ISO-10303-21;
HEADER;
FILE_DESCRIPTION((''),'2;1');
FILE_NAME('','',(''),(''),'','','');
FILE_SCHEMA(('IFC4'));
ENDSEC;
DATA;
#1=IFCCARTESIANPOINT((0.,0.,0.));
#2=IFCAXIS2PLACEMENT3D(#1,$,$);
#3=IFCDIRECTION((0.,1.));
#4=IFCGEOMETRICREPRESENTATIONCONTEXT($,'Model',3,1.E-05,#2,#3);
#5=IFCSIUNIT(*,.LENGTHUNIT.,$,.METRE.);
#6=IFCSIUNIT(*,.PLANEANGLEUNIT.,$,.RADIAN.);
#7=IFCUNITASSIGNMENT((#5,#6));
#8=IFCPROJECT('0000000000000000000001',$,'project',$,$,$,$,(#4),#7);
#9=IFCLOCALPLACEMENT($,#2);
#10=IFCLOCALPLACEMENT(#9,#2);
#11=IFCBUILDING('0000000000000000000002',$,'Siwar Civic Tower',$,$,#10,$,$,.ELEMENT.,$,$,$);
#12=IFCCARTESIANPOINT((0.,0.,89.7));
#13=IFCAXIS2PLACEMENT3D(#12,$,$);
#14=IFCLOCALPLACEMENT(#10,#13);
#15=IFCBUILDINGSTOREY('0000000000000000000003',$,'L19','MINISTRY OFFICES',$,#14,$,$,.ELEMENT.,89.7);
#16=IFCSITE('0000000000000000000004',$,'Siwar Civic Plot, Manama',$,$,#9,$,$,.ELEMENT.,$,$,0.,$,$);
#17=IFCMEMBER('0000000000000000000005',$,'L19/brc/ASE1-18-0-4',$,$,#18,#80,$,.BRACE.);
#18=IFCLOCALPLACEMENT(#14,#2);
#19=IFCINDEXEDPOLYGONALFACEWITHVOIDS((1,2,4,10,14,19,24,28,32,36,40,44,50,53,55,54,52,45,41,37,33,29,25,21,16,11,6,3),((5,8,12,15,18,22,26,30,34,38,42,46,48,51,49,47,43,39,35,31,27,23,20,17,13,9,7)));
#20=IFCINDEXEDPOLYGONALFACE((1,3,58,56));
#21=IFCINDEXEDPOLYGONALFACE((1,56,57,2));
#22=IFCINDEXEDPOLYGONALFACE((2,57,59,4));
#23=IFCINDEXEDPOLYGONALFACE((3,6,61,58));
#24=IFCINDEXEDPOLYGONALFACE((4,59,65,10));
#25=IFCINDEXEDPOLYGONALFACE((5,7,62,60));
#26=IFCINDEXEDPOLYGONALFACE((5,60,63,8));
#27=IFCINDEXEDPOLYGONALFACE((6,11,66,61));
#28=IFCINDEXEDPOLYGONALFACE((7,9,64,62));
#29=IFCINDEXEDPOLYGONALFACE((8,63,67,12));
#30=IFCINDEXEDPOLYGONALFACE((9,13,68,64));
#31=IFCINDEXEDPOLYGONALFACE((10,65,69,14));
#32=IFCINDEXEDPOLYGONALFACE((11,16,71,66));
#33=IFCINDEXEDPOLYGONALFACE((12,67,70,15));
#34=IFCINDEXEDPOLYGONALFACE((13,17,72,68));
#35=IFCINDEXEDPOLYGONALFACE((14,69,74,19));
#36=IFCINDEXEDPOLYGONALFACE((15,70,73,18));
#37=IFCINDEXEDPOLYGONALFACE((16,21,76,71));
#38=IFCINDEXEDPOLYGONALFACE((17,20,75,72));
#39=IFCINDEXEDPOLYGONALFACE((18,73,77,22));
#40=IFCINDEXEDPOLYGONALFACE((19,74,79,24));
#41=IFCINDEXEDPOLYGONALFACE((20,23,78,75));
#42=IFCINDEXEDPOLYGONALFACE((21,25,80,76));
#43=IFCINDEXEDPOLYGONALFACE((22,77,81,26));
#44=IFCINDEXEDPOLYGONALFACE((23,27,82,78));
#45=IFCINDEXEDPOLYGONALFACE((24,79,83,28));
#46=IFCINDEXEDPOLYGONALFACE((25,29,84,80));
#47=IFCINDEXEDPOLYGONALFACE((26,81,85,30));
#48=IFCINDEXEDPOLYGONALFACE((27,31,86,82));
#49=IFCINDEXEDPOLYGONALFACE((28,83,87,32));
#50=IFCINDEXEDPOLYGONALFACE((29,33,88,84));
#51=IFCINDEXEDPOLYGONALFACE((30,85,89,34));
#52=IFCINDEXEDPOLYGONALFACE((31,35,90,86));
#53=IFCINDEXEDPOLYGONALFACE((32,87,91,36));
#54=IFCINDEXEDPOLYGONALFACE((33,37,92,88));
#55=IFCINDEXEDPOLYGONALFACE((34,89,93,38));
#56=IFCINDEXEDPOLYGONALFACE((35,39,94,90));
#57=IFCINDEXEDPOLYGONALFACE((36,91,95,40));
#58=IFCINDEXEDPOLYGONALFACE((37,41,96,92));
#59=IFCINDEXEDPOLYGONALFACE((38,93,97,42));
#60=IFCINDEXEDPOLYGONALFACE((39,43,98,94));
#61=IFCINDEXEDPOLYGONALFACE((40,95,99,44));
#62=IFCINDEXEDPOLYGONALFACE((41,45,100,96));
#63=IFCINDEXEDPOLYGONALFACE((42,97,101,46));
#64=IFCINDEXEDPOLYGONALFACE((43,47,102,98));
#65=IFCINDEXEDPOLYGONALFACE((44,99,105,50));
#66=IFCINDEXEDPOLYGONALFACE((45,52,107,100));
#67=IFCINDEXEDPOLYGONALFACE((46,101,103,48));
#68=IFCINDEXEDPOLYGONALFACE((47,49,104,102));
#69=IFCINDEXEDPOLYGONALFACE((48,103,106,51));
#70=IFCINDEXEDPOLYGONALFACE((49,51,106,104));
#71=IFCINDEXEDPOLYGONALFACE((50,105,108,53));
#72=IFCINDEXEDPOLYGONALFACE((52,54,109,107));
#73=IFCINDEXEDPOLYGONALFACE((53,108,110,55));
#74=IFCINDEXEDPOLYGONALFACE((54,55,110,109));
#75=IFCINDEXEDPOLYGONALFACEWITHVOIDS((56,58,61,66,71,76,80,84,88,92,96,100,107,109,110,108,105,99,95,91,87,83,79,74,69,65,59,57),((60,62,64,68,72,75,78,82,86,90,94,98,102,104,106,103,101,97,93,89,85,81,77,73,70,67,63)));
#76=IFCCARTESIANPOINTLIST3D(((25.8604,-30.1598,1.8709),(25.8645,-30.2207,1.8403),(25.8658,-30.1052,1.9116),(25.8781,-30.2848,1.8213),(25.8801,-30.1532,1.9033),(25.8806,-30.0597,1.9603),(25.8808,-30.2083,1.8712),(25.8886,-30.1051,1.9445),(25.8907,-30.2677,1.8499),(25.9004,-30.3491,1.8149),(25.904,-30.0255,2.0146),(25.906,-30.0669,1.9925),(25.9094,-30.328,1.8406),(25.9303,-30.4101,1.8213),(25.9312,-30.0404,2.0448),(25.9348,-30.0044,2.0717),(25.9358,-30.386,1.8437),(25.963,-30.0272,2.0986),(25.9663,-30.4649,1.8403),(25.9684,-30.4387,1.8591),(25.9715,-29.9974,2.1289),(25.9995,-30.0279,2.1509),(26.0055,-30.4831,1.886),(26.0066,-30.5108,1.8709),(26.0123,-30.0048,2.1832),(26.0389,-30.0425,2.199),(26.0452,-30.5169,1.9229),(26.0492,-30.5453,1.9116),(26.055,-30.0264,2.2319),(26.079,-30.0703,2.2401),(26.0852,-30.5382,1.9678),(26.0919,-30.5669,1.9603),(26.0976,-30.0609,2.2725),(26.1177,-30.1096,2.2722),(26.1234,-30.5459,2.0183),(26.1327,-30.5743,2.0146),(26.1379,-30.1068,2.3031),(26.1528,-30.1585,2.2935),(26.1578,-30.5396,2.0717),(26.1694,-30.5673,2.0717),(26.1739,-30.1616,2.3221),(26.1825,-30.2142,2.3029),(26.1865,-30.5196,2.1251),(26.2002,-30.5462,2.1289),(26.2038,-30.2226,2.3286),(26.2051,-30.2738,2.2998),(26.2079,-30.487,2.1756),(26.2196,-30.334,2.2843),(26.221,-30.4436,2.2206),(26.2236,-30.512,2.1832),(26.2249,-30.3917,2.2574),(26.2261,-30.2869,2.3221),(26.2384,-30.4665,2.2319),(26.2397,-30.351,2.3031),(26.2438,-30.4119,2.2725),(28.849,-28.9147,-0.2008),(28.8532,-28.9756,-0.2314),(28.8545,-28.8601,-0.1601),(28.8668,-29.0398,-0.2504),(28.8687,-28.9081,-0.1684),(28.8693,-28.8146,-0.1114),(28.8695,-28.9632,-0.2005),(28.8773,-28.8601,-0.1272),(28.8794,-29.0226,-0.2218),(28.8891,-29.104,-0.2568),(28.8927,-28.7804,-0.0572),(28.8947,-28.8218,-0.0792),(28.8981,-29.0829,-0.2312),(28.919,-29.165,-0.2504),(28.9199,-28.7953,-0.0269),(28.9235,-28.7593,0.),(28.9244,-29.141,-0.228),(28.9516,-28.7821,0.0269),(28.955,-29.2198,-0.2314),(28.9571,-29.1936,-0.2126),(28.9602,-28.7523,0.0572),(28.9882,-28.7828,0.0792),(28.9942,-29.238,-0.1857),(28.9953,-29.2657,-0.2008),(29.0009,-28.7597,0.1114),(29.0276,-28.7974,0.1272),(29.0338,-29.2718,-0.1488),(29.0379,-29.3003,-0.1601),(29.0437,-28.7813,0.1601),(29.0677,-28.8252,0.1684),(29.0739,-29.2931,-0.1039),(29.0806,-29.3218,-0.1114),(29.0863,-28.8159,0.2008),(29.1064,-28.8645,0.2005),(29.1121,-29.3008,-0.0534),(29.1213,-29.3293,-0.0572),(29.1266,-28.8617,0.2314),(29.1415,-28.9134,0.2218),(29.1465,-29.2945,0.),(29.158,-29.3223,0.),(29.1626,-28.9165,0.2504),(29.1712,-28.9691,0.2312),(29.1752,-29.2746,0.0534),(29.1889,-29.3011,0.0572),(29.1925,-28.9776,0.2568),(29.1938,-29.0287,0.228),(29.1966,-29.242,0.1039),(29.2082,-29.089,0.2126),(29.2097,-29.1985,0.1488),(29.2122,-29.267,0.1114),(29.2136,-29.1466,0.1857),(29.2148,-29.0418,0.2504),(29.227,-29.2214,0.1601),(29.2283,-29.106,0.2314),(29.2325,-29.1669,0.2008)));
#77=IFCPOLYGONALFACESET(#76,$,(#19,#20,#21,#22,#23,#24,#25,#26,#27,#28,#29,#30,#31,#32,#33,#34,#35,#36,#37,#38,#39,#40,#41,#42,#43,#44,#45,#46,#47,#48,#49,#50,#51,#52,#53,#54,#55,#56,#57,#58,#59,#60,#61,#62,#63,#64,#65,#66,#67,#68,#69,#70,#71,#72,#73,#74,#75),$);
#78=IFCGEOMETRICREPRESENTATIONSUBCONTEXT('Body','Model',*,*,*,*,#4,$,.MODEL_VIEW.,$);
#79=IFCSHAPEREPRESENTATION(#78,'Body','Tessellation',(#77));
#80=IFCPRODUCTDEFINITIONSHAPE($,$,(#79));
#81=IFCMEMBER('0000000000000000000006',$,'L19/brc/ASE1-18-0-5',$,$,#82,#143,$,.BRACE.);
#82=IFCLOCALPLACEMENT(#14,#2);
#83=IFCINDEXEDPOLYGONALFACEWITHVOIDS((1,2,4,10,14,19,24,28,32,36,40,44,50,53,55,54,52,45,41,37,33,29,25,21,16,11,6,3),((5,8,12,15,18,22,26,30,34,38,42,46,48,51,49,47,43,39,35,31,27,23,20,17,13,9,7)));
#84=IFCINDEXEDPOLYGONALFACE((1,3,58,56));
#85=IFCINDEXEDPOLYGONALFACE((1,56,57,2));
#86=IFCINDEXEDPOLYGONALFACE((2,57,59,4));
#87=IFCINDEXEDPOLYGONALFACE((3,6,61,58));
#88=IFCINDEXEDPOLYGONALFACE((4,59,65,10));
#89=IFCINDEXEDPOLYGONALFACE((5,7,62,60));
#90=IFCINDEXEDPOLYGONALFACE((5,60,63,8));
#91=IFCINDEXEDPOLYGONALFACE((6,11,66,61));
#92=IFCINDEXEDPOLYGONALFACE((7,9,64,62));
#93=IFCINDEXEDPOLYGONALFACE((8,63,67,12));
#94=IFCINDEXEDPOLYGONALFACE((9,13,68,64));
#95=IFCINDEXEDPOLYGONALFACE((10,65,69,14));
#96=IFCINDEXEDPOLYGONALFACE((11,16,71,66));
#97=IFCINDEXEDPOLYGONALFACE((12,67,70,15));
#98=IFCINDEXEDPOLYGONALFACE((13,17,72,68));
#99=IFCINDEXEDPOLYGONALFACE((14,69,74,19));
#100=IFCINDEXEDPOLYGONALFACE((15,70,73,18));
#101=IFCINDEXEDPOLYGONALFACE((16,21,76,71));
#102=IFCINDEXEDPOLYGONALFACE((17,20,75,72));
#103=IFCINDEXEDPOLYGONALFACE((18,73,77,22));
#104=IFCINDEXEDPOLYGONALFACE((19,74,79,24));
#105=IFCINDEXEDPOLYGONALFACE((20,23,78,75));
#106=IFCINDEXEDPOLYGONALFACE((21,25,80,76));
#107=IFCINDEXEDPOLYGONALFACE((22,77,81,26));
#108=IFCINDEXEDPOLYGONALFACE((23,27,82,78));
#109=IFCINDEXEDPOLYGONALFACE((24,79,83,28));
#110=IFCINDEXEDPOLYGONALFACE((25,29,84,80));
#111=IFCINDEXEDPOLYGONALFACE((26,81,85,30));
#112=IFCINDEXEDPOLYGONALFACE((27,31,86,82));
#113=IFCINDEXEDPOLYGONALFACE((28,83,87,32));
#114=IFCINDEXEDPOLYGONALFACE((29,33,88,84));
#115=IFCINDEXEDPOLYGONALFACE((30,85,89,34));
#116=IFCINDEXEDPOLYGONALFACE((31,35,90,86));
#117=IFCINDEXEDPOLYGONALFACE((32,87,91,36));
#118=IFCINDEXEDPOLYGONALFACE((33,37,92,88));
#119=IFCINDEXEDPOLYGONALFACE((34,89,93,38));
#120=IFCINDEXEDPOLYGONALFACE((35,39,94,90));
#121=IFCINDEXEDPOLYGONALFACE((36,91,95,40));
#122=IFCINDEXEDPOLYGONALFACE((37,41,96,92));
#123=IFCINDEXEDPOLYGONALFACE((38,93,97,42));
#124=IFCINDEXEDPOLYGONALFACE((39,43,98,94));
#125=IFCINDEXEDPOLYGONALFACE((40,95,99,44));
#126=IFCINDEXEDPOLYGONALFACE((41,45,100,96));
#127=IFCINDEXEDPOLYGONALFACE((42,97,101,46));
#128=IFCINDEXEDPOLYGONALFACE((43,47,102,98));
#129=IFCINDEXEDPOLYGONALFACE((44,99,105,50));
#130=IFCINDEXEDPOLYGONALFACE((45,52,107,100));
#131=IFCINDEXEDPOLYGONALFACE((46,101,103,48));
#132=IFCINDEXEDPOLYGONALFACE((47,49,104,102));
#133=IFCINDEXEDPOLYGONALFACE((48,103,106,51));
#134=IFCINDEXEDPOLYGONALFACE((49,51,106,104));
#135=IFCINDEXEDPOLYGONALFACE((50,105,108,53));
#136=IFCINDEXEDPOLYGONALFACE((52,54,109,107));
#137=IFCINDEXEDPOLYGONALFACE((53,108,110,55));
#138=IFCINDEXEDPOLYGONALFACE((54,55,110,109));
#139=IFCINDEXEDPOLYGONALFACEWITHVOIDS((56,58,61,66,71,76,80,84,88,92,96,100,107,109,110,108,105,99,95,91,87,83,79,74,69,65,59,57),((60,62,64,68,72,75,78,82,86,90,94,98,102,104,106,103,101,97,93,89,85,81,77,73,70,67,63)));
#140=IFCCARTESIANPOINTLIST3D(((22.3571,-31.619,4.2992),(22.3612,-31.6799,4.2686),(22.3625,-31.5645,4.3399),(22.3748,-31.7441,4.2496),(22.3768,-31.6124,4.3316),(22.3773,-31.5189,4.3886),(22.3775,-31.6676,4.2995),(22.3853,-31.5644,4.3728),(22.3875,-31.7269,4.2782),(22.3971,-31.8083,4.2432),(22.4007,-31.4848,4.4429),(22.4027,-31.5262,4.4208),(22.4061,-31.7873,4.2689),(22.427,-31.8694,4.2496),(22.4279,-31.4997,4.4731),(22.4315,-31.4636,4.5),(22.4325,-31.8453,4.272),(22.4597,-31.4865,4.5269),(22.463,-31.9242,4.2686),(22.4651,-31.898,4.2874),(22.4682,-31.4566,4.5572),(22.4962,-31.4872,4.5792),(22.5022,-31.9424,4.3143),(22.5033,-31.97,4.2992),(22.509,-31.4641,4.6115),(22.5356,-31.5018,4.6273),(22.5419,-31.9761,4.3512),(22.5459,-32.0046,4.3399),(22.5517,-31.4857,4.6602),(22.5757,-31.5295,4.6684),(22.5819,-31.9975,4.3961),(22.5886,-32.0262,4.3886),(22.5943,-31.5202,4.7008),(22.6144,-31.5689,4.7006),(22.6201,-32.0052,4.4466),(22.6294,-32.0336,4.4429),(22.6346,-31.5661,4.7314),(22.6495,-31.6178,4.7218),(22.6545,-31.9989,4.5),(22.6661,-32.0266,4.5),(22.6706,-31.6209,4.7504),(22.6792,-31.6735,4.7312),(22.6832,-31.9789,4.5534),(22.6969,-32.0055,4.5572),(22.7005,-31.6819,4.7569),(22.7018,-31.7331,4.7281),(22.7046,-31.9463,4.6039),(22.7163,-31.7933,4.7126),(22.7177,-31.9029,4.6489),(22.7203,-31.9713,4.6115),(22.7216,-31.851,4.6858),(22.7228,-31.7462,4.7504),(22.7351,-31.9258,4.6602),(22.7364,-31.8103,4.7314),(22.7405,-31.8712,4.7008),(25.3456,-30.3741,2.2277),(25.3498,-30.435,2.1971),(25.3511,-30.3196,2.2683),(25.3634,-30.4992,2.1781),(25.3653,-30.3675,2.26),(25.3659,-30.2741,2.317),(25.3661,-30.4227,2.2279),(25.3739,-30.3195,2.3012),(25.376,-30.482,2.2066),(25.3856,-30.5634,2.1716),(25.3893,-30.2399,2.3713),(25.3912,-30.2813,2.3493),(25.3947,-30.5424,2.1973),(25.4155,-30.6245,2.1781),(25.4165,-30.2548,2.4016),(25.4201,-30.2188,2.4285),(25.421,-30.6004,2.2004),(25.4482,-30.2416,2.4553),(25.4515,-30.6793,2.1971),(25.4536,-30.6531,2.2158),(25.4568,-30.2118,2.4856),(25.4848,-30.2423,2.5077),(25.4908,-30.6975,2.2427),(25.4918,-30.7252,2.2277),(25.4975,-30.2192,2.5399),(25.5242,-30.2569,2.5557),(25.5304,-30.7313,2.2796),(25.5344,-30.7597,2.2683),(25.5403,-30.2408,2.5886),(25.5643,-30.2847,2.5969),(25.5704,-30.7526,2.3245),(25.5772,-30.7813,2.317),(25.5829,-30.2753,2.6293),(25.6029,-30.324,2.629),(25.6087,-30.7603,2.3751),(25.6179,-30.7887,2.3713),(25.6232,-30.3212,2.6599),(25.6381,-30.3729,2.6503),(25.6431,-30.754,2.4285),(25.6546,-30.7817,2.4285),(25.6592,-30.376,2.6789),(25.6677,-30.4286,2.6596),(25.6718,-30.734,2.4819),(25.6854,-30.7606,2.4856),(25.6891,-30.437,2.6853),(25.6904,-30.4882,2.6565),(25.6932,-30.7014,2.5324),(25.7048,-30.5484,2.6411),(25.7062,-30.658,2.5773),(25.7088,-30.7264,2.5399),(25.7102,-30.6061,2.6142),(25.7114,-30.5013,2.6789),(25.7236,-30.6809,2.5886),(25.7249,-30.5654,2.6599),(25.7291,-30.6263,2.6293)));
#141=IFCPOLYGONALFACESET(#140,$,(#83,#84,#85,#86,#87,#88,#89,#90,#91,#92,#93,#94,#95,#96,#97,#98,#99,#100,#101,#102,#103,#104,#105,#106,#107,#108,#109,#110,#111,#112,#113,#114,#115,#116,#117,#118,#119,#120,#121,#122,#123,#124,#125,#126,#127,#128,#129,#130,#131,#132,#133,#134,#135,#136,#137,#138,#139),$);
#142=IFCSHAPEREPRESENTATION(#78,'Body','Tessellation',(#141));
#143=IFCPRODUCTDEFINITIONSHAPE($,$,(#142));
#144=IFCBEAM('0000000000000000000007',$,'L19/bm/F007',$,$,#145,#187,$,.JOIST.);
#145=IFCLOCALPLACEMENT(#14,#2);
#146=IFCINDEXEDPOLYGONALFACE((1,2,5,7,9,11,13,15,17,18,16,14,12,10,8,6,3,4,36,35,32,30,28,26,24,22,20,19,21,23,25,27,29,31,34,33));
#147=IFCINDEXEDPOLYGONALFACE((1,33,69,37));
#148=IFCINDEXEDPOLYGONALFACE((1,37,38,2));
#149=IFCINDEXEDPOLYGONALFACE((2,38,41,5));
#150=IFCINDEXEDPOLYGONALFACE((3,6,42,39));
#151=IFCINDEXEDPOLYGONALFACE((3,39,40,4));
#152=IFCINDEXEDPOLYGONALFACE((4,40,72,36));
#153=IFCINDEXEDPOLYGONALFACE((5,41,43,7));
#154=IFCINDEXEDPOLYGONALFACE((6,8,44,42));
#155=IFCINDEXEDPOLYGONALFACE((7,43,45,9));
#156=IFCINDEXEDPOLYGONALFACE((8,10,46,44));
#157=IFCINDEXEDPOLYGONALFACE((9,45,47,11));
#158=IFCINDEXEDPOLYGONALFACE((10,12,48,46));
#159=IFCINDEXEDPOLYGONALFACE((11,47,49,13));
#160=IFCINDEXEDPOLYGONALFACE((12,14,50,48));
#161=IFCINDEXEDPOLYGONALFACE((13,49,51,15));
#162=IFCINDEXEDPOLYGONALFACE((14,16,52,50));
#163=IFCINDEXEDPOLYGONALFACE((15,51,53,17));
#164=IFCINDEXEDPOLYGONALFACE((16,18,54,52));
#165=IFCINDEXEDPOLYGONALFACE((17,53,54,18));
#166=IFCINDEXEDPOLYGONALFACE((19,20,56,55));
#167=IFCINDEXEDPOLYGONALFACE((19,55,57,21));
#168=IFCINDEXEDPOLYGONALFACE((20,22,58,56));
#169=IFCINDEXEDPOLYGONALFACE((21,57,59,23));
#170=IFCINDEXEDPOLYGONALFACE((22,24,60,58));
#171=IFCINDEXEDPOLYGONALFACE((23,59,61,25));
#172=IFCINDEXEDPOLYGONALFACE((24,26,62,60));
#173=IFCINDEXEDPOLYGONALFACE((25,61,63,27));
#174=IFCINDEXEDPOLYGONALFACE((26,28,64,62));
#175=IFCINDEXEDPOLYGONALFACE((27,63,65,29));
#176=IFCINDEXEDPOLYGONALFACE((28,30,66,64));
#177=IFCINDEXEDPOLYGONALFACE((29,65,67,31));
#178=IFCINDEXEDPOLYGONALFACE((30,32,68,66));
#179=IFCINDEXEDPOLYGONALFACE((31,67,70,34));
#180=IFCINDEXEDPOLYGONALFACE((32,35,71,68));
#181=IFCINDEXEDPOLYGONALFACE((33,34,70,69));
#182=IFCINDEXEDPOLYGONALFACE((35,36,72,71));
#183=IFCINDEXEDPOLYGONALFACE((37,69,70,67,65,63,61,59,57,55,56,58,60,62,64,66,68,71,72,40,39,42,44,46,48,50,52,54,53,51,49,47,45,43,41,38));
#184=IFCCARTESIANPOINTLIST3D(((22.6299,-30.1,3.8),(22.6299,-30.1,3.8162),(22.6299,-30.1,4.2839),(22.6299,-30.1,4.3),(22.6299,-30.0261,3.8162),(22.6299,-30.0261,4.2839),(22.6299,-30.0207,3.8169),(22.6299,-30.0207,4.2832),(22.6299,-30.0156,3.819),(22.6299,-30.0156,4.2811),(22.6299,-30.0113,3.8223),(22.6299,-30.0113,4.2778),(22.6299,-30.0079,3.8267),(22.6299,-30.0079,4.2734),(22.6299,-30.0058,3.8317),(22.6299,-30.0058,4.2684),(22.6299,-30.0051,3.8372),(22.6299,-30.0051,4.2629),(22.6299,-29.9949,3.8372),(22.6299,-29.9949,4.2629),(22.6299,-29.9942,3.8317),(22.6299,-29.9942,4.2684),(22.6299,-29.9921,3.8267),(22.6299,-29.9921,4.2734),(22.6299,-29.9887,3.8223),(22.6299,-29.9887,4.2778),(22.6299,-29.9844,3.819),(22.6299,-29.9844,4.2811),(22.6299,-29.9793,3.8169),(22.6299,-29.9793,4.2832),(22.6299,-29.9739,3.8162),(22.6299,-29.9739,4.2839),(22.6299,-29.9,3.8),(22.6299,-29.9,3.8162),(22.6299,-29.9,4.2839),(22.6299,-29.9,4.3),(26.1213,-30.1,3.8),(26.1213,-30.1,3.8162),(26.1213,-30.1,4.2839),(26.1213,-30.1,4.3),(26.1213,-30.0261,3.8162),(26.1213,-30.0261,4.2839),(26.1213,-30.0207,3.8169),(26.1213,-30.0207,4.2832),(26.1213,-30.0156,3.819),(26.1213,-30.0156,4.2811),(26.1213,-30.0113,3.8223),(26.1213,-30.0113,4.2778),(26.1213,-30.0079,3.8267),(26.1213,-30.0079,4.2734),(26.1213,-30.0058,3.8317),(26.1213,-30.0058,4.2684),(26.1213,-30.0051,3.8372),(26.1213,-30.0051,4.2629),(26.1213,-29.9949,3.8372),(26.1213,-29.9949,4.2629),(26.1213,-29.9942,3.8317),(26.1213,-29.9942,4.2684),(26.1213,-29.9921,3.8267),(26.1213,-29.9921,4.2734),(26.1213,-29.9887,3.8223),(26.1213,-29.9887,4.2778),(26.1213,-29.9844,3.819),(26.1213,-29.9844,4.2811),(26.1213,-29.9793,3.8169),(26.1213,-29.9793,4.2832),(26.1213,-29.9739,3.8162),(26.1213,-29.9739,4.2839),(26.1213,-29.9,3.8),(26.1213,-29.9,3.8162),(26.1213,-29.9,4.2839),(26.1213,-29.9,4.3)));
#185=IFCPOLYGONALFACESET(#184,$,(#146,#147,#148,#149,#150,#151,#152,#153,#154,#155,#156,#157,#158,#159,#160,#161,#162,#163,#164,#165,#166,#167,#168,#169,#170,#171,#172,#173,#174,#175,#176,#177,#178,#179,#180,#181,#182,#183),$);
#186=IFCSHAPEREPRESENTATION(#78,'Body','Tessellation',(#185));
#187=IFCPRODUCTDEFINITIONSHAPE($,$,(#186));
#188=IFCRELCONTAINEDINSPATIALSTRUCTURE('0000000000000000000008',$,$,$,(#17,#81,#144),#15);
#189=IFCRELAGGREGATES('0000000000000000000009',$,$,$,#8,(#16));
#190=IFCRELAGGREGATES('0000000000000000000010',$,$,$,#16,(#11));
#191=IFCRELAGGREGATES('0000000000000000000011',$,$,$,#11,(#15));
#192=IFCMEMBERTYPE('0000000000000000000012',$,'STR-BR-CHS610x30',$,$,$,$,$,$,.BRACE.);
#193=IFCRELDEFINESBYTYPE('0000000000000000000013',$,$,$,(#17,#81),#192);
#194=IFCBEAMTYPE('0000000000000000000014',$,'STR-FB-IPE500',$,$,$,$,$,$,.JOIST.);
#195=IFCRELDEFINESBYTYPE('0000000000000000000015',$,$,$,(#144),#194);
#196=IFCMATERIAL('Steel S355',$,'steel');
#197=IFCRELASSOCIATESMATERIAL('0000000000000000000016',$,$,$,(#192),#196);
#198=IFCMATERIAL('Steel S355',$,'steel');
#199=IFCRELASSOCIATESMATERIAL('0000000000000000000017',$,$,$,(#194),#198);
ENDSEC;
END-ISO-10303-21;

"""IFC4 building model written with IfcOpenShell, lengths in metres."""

from ifc_helpers import new_model, si_unit, direction, frame, origin, origin_2d, place, context, subcontext, project, spatial, hollow_circle, i_section, extrude, material, material_profile, profile_set, type_object, element, save


model = new_model("IFC4")

# Units and contexts
model_context = context("Model", 3, precision=1e-05, world=origin(), true_north=direction((0.0, 1.0)))
body_context = subcontext(model_context, "Body", "Model", "MODEL_VIEW")
ifc_project = project(units=[si_unit("LENGTHUNIT", "METRE"), si_unit("PLANEANGLEUNIT", "RADIAN")], contexts=[model_context])

# Site, building, storey
site_placement = place(None, origin())
site = spatial("IfcSite", under=ifc_project, at=site_placement, Name="Siwar Civic Plot, Manama", CompositionType="ELEMENT", RefElevation=0.0)
building_placement = place(site_placement, origin())
building = spatial("IfcBuilding", under=site, at=building_placement, Name="Siwar Civic Tower", CompositionType="ELEMENT")
storey_placement = place(building_placement, frame((0.0, 0.0, 89.7)))
storey = spatial("IfcBuildingStorey", under=building, at=storey_placement, Name="L19", Description="MINISTRY OFFICES", CompositionType="ELEMENT", Elevation=89.7)

# Members
ifc_material_1 = material(Name="Steel S355", Category="steel")
ifc_material_profile_1 = material_profile(ifc_material_1, hollow_circle(Radius=0.3049, WallThickness=0.03, at=origin_2d()), Name="CHS610x30")
ifc_profile_set_1 = profile_set([ifc_material_profile_1], Name="Steel S355")
member_type_1 = type_object("IfcMemberType", Name="STR-BR-CHS610x30", PredefinedType="BRACE", material=ifc_profile_set_1)
member_1_placement = place(storey_placement, frame((29.0408, -29.0408, 0.0), z_axis=(-0.777542, -0.323923, 0.538982), x_axis=(0.384562, -0.923099, 0.0)))
element("IfcMember", 1, at=member_1_placement, inside=storey, type_object=member_type_1, Name="L19/brc/ASE1-18-0-4", PredefinedType="BRACE", context=body_context, shape_type="SweptSolid", body=[
    extrude(hollow_circle(Radius=0.3049, WallThickness=0.03, at=origin_2d()), origin(), (0.0, 0.0, 1.0), 3.8438),
])
member_2_placement = place(storey_placement, frame((25.5374, -30.5002, 2.4285), z_axis=(-0.77756, -0.323893, 0.538975), x_axis=(0.384524, -0.923115, 0.0)))
element("IfcMember", 2, at=member_2_placement, inside=storey, type_object=member_type_1, Name="L19/brc/ASE1-18-0-5", PredefinedType="BRACE", context=body_context, shape_type="SweptSolid", body=[
    extrude(hollow_circle(Radius=0.3049, WallThickness=0.03, at=origin_2d()), origin(), (0.0, 0.0, 1.0), 3.8435),
])

# Beam
ifc_material_2 = material(Name="Steel S355", Category="steel")
ifc_material_profile_2 = material_profile(ifc_material_2, i_section(OverallWidth=0.2, OverallDepth=0.5, WebThickness=0.0103, FlangeThickness=0.0161, FilletRadius=0.021, at=origin_2d()), Name="IPE500")
ifc_profile_set_2 = profile_set([ifc_material_profile_2], Name="Steel S355")
beam_type_1 = type_object("IfcBeamType", Name="STR-FB-IPE500", PredefinedType="JOIST", material=ifc_profile_set_2)
beam_1_placement = place(storey_placement, frame((22.6299, -30.0, 4.05), z_axis=(1.0, 0.0, 0.0), x_axis=(0.0, 1.0, 0.0)))
element("IfcBeam", 3, at=beam_1_placement, inside=storey, type_object=beam_type_1, Name="L19/bm/F007", PredefinedType="JOIST", context=body_context, shape_type="SweptSolid", body=[
    extrude(i_section(OverallWidth=0.2, OverallDepth=0.5, WebThickness=0.0103, FlangeThickness=0.0161, FilletRadius=0.021, at=origin_2d()), origin(), (0.0, 0.0, 1.0), 3.4915),
])

save(model, "model.ifc")
